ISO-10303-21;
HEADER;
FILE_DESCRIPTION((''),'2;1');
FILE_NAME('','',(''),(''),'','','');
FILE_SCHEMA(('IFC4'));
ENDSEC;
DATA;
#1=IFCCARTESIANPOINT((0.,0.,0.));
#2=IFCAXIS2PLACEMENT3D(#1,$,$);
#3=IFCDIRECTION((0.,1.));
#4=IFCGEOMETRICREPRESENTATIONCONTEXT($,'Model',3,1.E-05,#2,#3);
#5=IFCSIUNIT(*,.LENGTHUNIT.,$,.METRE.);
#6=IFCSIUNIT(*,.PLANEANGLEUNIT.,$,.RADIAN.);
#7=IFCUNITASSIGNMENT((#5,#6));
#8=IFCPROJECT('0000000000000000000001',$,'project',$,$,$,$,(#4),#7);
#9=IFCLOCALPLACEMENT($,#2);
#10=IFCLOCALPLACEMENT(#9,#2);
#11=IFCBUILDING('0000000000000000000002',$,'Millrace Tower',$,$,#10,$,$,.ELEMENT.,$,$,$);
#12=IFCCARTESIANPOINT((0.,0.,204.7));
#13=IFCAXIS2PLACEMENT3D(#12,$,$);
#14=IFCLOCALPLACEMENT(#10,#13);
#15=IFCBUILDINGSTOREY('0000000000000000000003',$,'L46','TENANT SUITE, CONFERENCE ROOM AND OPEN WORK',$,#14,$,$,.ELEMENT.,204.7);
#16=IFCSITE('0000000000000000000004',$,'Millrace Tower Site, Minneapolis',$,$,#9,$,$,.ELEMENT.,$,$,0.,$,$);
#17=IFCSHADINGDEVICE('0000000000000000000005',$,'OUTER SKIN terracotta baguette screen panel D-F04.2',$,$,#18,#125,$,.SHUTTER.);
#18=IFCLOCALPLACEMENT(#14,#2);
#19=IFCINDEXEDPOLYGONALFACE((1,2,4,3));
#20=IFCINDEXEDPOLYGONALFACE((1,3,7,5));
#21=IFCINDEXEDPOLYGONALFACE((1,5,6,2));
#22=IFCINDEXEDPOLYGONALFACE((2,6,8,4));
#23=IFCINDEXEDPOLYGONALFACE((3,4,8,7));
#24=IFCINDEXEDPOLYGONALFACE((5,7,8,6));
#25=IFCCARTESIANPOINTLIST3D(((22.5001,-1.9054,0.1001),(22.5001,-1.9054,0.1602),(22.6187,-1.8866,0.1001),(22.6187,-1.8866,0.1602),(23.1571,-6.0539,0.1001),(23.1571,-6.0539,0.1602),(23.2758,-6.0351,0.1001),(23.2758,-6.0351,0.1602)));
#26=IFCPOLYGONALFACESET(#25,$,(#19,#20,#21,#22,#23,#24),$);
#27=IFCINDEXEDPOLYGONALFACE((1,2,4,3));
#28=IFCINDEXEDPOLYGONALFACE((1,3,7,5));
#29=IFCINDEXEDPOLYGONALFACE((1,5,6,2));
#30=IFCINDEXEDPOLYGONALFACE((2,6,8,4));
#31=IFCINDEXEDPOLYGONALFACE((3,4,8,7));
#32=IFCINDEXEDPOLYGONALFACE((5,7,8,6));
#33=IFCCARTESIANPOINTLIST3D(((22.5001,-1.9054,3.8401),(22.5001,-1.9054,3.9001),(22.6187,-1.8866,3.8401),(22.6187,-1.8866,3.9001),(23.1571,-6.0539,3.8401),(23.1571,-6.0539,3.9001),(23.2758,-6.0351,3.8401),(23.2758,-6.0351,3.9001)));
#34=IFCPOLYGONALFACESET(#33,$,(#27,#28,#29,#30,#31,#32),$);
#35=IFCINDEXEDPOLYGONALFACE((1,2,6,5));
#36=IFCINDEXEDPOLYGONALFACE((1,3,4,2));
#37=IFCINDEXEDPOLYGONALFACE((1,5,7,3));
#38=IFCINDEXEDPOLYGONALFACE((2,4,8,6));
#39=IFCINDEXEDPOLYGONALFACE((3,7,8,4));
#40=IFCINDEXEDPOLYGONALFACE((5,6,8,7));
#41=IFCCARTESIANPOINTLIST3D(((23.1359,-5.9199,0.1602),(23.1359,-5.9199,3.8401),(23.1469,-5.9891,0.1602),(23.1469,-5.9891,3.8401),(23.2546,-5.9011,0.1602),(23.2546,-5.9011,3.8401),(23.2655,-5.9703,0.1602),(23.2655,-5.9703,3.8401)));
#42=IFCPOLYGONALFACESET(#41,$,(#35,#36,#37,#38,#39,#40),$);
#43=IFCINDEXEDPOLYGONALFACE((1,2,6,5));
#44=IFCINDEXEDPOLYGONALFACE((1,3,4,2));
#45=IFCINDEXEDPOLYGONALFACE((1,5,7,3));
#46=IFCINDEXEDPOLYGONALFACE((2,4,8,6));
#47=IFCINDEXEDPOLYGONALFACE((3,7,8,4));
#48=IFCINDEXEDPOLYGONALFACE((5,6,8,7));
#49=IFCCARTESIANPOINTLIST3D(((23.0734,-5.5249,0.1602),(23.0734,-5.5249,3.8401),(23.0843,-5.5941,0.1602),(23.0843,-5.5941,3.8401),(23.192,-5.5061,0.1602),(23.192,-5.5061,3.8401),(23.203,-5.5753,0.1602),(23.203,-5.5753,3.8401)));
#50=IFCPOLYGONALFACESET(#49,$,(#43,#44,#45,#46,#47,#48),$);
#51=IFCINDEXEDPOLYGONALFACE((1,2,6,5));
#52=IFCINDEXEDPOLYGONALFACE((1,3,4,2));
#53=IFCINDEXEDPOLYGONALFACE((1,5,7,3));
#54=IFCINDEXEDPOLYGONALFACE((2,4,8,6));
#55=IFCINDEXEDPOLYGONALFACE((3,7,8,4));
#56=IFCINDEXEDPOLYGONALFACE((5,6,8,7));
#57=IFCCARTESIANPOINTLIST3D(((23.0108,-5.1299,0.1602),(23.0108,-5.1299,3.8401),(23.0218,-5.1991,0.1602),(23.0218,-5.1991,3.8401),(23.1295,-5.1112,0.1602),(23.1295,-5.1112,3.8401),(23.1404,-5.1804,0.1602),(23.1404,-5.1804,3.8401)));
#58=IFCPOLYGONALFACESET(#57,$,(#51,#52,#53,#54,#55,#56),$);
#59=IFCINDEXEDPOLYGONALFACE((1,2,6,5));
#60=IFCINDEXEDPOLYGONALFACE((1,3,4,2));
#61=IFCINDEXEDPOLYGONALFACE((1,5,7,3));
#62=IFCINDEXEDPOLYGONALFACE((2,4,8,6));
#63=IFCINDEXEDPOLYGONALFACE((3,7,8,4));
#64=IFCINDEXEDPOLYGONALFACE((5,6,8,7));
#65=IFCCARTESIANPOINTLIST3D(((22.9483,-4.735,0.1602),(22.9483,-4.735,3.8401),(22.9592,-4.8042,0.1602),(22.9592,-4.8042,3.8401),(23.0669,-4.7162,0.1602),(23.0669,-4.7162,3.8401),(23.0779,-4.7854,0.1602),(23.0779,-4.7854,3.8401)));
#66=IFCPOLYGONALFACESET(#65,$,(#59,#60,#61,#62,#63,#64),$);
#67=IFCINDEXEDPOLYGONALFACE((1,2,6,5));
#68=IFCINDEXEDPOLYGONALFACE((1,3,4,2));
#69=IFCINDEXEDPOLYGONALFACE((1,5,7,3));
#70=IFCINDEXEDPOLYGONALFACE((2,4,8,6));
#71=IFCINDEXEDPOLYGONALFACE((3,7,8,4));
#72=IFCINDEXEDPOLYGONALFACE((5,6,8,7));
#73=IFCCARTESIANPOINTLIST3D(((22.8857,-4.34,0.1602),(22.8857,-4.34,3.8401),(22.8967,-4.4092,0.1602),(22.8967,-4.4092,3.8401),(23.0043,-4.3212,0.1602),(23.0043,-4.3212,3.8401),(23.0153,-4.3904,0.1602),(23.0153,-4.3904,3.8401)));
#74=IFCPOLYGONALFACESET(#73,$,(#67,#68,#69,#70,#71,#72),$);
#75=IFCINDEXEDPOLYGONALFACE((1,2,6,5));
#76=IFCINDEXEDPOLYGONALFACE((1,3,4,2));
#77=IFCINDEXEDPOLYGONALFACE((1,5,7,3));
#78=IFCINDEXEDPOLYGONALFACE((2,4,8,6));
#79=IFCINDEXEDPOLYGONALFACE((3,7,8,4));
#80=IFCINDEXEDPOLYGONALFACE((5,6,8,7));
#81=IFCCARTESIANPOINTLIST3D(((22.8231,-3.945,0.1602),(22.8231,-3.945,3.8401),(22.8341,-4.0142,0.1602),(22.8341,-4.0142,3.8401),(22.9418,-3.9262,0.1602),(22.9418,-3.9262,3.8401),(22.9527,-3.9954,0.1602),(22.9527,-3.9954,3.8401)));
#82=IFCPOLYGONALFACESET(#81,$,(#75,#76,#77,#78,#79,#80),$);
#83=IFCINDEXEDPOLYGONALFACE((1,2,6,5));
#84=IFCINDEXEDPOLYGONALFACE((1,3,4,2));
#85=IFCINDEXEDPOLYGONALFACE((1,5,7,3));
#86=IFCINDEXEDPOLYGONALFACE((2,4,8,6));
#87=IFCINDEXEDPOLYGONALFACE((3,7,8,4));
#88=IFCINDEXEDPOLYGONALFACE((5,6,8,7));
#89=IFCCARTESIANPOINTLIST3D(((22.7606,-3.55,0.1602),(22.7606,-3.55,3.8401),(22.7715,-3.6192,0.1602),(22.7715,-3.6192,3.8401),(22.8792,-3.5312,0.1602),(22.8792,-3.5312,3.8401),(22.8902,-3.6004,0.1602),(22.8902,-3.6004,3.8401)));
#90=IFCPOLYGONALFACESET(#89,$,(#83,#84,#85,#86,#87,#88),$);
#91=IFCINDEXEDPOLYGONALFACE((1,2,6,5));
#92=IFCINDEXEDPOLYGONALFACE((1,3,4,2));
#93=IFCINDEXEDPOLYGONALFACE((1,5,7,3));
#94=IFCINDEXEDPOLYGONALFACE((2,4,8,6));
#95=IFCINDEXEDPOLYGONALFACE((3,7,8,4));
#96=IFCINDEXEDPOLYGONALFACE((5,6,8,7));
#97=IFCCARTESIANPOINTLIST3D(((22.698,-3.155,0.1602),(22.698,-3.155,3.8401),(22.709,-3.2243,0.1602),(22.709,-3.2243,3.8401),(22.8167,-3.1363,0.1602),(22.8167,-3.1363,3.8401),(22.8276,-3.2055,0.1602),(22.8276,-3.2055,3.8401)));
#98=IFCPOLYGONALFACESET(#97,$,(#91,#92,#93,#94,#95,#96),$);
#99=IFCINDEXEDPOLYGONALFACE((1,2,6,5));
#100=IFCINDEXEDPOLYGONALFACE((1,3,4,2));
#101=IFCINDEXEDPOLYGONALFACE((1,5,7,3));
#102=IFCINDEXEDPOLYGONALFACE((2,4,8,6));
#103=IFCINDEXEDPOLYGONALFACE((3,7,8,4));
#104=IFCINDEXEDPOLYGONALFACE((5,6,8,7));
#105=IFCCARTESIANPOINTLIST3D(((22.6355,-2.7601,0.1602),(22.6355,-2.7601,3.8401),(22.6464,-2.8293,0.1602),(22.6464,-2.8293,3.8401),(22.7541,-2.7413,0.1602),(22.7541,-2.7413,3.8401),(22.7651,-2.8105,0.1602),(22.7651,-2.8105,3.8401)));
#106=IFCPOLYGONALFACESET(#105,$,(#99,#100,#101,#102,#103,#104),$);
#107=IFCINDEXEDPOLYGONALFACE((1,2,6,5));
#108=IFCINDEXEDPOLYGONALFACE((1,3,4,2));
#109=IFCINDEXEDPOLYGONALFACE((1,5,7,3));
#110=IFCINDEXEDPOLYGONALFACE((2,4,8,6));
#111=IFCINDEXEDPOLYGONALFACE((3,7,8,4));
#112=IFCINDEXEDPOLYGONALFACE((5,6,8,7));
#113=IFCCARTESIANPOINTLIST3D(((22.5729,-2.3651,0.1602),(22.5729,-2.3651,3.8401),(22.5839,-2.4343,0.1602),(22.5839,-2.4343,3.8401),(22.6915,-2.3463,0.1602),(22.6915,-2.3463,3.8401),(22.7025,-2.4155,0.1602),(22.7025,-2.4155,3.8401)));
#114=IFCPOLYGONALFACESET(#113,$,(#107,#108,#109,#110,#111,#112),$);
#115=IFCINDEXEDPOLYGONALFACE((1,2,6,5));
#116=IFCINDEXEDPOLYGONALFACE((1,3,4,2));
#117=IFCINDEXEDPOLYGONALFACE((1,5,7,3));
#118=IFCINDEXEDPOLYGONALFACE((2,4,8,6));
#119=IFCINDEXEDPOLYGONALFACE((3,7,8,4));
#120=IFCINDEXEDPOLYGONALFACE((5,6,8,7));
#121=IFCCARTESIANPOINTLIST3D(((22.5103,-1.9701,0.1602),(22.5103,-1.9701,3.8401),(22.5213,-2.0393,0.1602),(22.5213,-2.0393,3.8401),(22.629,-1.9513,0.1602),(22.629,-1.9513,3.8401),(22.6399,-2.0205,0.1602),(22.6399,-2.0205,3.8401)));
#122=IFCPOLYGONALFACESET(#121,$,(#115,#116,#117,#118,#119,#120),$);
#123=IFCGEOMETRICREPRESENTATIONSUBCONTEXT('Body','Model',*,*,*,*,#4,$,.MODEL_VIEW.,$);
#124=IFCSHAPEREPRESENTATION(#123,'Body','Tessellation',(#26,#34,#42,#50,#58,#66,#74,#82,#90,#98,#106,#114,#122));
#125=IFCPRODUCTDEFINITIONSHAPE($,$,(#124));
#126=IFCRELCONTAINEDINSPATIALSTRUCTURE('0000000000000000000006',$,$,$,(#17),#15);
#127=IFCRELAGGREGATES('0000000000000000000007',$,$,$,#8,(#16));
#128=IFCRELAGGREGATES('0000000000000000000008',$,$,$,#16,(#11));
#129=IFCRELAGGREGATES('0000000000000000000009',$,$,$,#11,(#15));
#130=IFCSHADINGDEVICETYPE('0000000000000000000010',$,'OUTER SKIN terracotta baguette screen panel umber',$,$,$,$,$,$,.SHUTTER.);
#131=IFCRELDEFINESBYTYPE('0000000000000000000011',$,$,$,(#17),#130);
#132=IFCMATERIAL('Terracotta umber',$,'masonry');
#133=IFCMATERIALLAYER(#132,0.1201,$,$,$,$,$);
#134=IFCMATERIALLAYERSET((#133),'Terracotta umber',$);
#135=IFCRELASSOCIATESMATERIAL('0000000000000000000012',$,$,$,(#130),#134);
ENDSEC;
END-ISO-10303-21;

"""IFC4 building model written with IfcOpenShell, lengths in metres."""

from ifc_helpers import new_model, entity, si_unit, direction, frame, frame_2d, origin, origin_2d, place, context, subcontext, project, spatial, rectangle, extrude, source, transform, mapped, material, layer, layer_set, type_object, element, save


model = new_model("IFC4")

# Units and contexts
model_context = context("Model", 3, precision=1e-05, world=origin(), true_north=direction((0.0, 1.0)))
body_context = subcontext(model_context, "Body", "Model", "MODEL_VIEW")
ifc_project = project(units=[si_unit("LENGTHUNIT", "METRE"), si_unit("PLANEANGLEUNIT", "RADIAN")], contexts=[model_context])

# Site, building, storey
site_placement = place(None, origin())
site = spatial("IfcSite", under=ifc_project, at=site_placement, Name="Millrace Tower Site, Minneapolis", CompositionType="ELEMENT", RefElevation=0.0)
building_placement = place(site_placement, origin())
building = spatial("IfcBuilding", under=site, at=building_placement, Name="Millrace Tower", CompositionType="ELEMENT")
storey_placement = place(building_placement, frame((0.0, 0.0, 204.7)))
storey = spatial("IfcBuildingStorey", under=building, at=storey_placement, Name="L46", Description="TENANT SUITE, CONFERENCE ROOM AND OPEN WORK", CompositionType="ELEMENT", Elevation=204.7)

# Shading device
ifc_material_1 = material(Name="Terracotta umber", Category="masonry")
ifc_layer_1 = layer(ifc_material_1, 0.1201)
ifc_layer_set_1 = layer_set([ifc_layer_1], Name="Terracotta umber")
shading_device_type = type_object("IfcShadingDeviceType", Name="OUTER SKIN terracotta baguette screen panel umber", PredefinedType="SHUTTER", material=ifc_layer_set_1)
cartesian_point_1 = entity("IfcCartesianPoint", [-2.1001, 0.0601])
shared_polyline_1 = entity("IfcPolyline", [cartesian_point_1, entity("IfcCartesianPoint", [2.1001, 0.0601]), entity("IfcCartesianPoint", [2.1001, -0.0601]), entity("IfcCartesianPoint", [-2.1001, -0.0601]), cartesian_point_1])
shared_shape_1 = source(origin(), body_context, "Body", "SweptSolid", [
    entity("IfcExtrudedAreaSolid", entity("IfcArbitraryClosedProfileDef", "AREA", None, shared_polyline_1), entity("IfcAxis2Placement3D", entity("IfcCartesianPoint", [0.0, 0.0, 0.0])), entity("IfcDirection", [0.0, 0.0, 1.0]), 0.0601),
    entity("IfcExtrudedAreaSolid", entity("IfcArbitraryClosedProfileDef", "AREA", None, shared_polyline_1), entity("IfcAxis2Placement3D", entity("IfcCartesianPoint", [0.0, 0.0, 3.74])), entity("IfcDirection", [0.0, 0.0, 1.0]), 0.0601),
    extrude(rectangle(XDim=0.0701, YDim=0.1201, at=frame_2d((-1.9995, 0.0))), frame((0.0, 0.0, 0.0601)), (0.0, 0.0, 1.0), 3.6799),
    extrude(rectangle(XDim=0.0701, YDim=0.1201, at=frame_2d((-1.5996, 0.0))), frame((0.0, 0.0, 0.0601)), (0.0, 0.0, 1.0), 3.6799),
    extrude(rectangle(XDim=0.0701, YDim=0.1201, at=frame_2d((-1.1997, 0.0))), frame((0.0, 0.0, 0.0601)), (0.0, 0.0, 1.0), 3.6799),
    extrude(rectangle(XDim=0.0701, YDim=0.1201, at=frame_2d((-0.7998, 0.0))), frame((0.0, 0.0, 0.0601)), (0.0, 0.0, 1.0), 3.6799),
    extrude(rectangle(XDim=0.0701, YDim=0.1201, at=frame_2d((-0.3999, 0.0))), frame((0.0, 0.0, 0.0601)), (0.0, 0.0, 1.0), 3.6799),
    extrude(rectangle(XDim=0.0701, YDim=0.1201, at=origin_2d()), frame((0.0, 0.0, 0.0601)), (0.0, 0.0, 1.0), 3.6799),
    extrude(rectangle(XDim=0.0701, YDim=0.1201, at=frame_2d((0.3999, 0.0))), frame((0.0, 0.0, 0.0601)), (0.0, 0.0, 1.0), 3.6799),
    extrude(rectangle(XDim=0.0701, YDim=0.1201, at=frame_2d((0.7998, 0.0))), frame((0.0, 0.0, 0.0601)), (0.0, 0.0, 1.0), 3.6799),
    extrude(rectangle(XDim=0.0701, YDim=0.1201, at=frame_2d((1.1997, 0.0))), frame((0.0, 0.0, 0.0601)), (0.0, 0.0, 1.0), 3.6799),
    extrude(rectangle(XDim=0.0701, YDim=0.1201, at=frame_2d((1.5996, 0.0))), frame((0.0, 0.0, 0.0601)), (0.0, 0.0, 1.0), 3.6799),
    extrude(rectangle(XDim=0.0701, YDim=0.1201, at=frame_2d((1.9995, 0.0))), frame((0.0, 0.0, 0.0601)), (0.0, 0.0, 1.0), 3.6799),
])
shading_device_1_placement = place(storey_placement, frame((22.8879, -3.9702, 0.1001), z_axis=(0.0, 0.0, 1.0), x_axis=(-0.156434, 0.987688, 0.0)))
element("IfcShadingDevice", 1, at=shading_device_1_placement, inside=storey, type_object=shading_device_type, Name="OUTER SKIN terracotta baguette screen panel D-F04.2", PredefinedType="SHUTTER", context=body_context, shape_type="MappedRepresentation", body=[
    mapped(shared_shape_1, transform((0.0, 0.0, 0.0), scale=1.0)),
])

save(model, "model.ifc")
